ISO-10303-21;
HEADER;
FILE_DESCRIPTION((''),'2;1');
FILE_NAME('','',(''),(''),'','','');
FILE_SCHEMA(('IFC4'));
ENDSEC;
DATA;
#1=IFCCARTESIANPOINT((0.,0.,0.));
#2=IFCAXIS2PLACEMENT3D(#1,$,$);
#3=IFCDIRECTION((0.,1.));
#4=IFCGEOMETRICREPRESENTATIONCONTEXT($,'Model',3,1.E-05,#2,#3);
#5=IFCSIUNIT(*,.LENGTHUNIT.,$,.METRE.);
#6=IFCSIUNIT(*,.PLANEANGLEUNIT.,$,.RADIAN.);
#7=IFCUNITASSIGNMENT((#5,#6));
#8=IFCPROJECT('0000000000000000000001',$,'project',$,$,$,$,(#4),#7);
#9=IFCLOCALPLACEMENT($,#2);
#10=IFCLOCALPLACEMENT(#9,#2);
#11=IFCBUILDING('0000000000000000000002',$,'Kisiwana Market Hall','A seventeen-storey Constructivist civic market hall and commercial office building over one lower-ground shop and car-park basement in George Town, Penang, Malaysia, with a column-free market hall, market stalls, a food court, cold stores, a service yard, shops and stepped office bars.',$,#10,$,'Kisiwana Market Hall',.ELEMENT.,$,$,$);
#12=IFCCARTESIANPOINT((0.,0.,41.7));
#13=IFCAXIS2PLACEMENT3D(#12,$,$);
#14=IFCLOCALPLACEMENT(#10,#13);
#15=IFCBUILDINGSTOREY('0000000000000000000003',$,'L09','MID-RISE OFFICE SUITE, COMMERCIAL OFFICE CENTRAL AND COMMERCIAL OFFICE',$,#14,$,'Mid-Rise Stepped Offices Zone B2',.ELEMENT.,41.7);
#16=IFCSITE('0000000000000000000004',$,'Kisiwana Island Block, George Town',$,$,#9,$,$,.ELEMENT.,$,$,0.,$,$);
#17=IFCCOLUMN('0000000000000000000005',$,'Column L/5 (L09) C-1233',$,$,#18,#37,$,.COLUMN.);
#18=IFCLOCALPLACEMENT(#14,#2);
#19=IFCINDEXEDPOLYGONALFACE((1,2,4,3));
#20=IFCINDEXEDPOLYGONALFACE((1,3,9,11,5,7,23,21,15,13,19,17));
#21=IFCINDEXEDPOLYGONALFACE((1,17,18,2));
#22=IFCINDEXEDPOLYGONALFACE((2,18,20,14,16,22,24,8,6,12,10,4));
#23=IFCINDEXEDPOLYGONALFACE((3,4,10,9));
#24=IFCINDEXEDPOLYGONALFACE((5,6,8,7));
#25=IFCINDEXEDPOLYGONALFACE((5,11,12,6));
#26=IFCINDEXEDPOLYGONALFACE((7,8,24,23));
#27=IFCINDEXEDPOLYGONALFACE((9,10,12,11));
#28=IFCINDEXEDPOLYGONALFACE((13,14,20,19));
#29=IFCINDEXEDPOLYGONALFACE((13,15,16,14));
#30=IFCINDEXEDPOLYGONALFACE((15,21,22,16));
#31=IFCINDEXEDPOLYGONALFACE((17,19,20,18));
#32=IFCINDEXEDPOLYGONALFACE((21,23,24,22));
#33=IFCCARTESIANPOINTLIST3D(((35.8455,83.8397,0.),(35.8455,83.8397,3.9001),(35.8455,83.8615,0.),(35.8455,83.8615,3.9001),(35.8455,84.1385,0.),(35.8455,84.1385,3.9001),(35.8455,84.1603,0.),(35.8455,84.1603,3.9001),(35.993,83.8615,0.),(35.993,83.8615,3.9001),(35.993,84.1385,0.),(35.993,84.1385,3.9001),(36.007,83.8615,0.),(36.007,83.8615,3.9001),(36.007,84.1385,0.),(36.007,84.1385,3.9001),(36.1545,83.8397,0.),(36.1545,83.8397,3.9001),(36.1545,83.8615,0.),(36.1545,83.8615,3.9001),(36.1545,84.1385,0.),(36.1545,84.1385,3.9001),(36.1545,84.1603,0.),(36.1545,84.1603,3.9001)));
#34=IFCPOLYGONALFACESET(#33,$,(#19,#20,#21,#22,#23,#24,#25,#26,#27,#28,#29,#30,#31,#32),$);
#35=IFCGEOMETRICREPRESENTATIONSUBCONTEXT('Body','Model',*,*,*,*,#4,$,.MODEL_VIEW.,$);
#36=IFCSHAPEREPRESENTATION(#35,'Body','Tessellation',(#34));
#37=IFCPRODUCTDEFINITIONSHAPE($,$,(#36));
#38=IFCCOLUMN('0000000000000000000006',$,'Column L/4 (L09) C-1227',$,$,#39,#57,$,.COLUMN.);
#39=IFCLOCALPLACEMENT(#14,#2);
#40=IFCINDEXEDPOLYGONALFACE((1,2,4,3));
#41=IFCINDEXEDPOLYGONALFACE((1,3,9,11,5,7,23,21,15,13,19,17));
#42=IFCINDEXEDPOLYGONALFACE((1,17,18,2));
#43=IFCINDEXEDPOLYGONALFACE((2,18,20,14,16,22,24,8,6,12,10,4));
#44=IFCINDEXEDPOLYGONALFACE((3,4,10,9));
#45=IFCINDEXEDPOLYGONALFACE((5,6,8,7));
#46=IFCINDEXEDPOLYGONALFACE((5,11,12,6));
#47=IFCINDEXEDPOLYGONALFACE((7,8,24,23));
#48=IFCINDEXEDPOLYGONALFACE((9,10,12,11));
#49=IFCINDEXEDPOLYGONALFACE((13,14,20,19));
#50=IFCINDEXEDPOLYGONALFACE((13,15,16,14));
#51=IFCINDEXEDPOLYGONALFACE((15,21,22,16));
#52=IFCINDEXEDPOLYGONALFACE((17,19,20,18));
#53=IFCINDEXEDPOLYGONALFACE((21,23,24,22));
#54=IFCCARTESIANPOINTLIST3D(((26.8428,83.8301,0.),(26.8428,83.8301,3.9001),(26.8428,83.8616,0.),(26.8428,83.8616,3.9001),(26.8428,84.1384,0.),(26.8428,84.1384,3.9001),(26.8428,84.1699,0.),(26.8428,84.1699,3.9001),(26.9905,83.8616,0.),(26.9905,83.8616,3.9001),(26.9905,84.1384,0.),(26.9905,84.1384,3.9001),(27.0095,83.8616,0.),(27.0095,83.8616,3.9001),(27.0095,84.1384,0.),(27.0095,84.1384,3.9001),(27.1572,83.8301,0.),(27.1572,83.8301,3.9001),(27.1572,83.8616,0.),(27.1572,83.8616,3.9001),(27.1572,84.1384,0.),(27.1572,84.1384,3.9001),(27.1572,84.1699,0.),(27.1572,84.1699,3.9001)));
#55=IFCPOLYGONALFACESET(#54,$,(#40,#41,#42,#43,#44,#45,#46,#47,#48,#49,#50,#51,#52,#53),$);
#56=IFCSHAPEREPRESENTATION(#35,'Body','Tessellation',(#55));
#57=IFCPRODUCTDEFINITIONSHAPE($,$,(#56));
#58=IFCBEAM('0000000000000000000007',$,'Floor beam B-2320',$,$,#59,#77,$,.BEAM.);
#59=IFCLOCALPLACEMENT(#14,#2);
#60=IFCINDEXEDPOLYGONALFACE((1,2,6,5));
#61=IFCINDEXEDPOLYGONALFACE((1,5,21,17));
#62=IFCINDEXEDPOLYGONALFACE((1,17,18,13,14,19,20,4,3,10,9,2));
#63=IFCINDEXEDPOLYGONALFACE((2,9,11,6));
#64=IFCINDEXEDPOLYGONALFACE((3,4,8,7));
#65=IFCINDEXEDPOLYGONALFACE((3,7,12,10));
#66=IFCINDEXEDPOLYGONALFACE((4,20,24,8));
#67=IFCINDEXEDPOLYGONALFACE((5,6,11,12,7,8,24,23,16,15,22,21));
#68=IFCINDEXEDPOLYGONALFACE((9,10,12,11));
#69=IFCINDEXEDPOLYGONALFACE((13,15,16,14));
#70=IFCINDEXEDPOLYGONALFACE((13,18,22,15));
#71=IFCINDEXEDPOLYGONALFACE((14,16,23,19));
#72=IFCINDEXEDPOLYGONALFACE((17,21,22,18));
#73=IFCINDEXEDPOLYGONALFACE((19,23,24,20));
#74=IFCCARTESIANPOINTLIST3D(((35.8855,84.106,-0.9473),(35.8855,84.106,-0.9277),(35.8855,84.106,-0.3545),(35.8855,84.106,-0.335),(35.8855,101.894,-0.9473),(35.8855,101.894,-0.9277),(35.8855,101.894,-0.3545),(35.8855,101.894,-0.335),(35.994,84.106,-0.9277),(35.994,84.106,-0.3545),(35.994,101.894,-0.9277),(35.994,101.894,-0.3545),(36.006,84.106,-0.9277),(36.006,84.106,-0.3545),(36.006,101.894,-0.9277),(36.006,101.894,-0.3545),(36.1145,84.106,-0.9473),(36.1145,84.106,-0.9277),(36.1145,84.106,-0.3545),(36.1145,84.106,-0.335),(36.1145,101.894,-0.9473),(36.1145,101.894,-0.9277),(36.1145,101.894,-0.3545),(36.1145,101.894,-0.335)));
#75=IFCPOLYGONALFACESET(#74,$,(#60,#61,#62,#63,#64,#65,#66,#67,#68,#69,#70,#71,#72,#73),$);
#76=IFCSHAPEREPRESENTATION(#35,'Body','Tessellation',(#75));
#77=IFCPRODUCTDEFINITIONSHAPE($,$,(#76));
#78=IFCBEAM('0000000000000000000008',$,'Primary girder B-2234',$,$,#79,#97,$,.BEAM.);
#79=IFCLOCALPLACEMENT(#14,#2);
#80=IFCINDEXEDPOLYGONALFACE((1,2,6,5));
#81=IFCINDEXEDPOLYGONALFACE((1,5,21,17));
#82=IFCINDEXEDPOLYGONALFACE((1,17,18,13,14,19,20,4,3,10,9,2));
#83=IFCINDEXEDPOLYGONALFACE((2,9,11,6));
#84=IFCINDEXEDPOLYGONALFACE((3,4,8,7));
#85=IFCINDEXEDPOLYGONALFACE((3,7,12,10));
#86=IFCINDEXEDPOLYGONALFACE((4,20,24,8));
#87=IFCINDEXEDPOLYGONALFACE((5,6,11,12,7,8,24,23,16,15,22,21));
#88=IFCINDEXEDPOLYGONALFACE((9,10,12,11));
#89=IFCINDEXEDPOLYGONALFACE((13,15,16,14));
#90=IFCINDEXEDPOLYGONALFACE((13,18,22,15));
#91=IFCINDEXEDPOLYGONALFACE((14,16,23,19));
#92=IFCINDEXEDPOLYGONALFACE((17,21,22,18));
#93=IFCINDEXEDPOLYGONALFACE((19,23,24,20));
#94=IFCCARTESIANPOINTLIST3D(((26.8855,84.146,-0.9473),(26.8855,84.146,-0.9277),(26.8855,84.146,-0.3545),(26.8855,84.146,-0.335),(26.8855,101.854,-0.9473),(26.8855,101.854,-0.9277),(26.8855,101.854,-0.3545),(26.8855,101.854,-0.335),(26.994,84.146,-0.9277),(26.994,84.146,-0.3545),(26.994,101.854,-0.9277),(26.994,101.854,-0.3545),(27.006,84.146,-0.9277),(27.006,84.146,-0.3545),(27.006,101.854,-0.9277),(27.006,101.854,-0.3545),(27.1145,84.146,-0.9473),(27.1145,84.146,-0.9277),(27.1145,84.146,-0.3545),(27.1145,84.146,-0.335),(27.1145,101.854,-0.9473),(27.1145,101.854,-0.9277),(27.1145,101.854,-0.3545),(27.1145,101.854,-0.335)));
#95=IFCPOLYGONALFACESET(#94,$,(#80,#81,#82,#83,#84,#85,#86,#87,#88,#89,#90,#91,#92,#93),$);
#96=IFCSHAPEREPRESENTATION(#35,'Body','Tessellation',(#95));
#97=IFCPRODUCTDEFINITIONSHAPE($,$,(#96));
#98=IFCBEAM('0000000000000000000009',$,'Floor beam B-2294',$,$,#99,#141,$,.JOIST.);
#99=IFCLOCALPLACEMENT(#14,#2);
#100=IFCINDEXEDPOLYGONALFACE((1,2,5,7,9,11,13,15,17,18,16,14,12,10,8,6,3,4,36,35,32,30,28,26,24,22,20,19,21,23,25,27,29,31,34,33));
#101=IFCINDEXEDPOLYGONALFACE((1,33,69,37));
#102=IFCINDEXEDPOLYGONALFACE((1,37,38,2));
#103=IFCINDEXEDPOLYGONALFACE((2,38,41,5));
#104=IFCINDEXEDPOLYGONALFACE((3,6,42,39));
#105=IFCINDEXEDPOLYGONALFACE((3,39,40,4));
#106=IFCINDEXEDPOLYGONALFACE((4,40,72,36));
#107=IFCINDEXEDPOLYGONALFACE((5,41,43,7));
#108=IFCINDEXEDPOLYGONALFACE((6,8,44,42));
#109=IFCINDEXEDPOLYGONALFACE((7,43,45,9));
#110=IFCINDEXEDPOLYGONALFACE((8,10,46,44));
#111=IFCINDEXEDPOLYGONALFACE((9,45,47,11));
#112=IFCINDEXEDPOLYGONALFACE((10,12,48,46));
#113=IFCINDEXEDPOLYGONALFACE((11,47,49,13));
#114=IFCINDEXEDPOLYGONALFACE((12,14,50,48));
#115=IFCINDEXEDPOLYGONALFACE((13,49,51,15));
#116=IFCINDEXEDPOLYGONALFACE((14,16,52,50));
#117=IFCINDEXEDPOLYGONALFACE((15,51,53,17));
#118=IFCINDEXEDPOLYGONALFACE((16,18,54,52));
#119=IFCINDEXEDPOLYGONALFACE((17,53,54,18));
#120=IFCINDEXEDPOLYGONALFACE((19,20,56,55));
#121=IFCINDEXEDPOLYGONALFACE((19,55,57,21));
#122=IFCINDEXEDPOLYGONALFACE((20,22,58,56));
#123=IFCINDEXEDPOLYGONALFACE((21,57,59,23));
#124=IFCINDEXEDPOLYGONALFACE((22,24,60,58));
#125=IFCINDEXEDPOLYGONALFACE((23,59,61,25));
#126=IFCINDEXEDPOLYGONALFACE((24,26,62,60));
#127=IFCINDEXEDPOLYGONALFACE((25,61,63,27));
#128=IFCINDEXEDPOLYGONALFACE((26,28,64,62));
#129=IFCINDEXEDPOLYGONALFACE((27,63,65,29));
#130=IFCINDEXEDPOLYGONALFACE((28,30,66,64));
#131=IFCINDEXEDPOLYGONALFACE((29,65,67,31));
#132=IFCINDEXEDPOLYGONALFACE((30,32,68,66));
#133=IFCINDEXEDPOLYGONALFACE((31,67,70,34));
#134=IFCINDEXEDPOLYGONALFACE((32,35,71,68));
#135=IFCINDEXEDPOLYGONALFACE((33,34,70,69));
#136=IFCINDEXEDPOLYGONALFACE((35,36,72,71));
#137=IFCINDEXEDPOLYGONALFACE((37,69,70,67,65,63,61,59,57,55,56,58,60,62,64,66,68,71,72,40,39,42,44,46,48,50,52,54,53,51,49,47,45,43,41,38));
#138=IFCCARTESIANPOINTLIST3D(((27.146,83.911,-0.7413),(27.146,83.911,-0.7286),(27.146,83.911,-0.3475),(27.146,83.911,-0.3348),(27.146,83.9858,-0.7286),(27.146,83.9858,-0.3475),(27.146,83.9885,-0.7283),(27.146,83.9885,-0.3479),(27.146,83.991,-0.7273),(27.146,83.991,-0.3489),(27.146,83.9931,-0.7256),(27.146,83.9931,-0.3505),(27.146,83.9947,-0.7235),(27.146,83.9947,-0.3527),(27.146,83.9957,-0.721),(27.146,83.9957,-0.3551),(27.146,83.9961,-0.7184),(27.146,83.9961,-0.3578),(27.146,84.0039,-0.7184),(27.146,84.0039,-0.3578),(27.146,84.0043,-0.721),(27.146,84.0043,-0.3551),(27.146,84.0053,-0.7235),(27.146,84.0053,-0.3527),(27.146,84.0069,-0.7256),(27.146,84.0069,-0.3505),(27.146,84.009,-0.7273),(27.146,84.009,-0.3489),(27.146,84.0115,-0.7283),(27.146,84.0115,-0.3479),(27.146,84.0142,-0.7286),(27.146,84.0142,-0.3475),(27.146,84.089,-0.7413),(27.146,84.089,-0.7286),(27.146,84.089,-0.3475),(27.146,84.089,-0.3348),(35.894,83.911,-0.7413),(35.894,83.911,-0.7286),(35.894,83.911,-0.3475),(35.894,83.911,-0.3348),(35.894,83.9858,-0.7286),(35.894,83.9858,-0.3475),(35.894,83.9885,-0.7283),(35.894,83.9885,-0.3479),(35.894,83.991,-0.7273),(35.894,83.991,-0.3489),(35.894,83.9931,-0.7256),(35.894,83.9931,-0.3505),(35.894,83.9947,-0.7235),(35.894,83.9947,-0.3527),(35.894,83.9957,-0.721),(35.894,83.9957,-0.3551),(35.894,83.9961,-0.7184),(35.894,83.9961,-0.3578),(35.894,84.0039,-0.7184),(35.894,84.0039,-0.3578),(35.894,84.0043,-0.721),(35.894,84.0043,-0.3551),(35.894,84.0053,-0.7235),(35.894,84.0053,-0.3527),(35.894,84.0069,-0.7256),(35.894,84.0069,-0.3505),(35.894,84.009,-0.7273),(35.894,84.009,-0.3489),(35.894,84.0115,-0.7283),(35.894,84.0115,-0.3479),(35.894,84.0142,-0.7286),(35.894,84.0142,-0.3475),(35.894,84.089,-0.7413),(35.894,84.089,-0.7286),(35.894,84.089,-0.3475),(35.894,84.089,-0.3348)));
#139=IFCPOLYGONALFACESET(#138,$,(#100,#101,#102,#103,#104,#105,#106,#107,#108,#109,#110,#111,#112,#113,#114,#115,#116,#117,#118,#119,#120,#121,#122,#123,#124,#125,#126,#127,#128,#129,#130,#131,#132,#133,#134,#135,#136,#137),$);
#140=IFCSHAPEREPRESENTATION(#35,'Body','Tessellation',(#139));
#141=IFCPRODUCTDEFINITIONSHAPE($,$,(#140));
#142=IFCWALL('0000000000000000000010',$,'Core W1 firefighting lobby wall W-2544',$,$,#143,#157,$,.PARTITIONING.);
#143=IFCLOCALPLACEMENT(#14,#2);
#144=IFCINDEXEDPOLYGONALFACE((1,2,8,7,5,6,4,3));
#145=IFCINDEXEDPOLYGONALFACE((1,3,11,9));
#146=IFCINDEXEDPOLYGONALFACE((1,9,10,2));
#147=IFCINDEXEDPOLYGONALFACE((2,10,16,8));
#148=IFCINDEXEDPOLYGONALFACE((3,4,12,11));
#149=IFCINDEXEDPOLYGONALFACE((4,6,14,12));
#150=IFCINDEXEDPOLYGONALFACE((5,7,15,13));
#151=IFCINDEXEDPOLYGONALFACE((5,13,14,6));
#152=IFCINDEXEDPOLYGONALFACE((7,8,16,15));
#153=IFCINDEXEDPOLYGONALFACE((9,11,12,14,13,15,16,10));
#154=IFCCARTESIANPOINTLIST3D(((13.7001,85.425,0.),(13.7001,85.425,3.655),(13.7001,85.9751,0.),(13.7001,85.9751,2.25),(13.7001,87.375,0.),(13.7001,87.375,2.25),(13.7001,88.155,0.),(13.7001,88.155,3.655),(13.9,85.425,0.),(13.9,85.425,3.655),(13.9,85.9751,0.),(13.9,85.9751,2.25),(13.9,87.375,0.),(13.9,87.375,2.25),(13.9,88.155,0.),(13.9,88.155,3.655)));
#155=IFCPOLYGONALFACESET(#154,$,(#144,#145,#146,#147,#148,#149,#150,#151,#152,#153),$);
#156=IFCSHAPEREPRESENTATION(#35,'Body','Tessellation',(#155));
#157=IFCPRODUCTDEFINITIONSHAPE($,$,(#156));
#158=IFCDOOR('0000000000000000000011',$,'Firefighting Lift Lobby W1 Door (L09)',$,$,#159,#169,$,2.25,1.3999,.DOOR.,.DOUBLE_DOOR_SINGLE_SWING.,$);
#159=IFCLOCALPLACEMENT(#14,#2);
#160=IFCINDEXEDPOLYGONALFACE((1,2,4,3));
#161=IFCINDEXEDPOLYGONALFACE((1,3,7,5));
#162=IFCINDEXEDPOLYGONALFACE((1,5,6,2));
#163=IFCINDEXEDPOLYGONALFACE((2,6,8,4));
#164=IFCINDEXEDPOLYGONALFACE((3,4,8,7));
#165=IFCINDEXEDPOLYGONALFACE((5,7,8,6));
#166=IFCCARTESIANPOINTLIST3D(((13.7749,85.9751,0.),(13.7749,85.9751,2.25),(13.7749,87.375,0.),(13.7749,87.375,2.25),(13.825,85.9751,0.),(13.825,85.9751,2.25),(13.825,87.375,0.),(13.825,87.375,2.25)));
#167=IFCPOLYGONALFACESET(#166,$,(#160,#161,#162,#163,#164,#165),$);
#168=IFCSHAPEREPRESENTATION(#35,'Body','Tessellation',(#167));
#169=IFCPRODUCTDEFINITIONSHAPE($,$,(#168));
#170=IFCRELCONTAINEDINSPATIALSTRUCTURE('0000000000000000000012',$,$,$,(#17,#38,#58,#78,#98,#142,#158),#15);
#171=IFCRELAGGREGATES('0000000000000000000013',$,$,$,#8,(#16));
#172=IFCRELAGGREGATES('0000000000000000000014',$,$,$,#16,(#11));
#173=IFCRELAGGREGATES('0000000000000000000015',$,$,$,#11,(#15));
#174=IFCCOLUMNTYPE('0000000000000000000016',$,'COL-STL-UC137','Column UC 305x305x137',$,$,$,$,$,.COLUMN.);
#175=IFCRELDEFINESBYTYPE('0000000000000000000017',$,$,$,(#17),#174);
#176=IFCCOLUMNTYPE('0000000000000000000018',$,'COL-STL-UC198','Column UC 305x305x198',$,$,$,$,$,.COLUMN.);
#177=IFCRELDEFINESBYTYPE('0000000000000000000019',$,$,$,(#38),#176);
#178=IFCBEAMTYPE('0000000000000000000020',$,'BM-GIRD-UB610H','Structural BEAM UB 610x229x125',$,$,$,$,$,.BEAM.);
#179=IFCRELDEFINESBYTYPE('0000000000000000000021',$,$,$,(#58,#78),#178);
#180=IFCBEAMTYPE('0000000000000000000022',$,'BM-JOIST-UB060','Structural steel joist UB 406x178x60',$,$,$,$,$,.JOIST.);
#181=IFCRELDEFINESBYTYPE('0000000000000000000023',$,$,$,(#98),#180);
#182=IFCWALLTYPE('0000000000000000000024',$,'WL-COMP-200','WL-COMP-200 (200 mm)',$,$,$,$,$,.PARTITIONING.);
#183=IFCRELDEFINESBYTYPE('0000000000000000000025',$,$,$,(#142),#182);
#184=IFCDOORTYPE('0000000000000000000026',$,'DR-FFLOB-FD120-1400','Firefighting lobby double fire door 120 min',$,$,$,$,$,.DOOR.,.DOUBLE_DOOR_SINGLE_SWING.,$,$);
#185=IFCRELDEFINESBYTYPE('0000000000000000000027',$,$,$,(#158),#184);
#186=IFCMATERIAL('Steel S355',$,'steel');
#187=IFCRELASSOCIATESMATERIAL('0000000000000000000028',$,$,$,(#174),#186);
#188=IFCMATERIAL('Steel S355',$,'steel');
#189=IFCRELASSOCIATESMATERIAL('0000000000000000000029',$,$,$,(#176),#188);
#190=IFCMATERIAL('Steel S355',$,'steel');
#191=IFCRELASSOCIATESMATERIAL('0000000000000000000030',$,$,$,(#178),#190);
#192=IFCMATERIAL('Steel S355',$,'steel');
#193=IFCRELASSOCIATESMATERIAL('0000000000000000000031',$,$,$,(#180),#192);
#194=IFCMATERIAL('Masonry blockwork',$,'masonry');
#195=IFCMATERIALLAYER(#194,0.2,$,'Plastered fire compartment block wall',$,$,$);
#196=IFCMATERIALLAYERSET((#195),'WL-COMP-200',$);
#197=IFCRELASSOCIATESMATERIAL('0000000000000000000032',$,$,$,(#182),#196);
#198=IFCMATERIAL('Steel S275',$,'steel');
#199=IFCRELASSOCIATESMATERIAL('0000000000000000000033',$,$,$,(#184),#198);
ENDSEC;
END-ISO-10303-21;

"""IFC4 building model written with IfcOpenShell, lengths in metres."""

from ifc_helpers import new_model, si_unit, direction, frame, frame_2d, origin, origin_2d, place, context, subcontext, project, spatial, rectangle, i_section, extrude, material, layer, layer_set, material_profile, profile_set, type_object, element, fill, save


model = new_model("IFC4")

# Units and contexts
model_context = context("Model", 3, precision=1e-05, world=origin(), true_north=direction((0.0, 1.0)))
body_context = subcontext(model_context, "Body", "Model", "MODEL_VIEW")
ifc_project = project(units=[si_unit("LENGTHUNIT", "METRE"), si_unit("PLANEANGLEUNIT", "RADIAN")], contexts=[model_context])

# Site, building, storey
site_placement = place(None, origin())
site = spatial("IfcSite", under=ifc_project, at=site_placement, Name="Kisiwana Island Block, George Town", CompositionType="ELEMENT", RefElevation=0.0)
building_placement = place(site_placement, origin())
building = spatial("IfcBuilding", under=site, at=building_placement, Name="Kisiwana Market Hall", Description="A seventeen-storey Constructivist civic market hall and commercial office building over one lower-ground shop and car-park basement in George Town, Penang, Malaysia, with a column-free market hall, market stalls, a food court, cold stores, a service yard, shops and stepped office bars.", LongName="Kisiwana Market Hall", CompositionType="ELEMENT")
storey_placement = place(building_placement, frame((0.0, 0.0, 41.7)))
storey = spatial("IfcBuildingStorey", under=building, at=storey_placement, Name="L09", Description="MID-RISE OFFICE SUITE, COMMERCIAL OFFICE CENTRAL AND COMMERCIAL OFFICE", LongName="Mid-Rise Stepped Offices Zone B2", CompositionType="ELEMENT", Elevation=41.7)

# Columns
ifc_material_1 = material(Name="Steel S355", Category="steel")
ifc_material_profile_1 = material_profile(ifc_material_1, i_section(OverallWidth=0.3091, OverallDepth=0.3206, WebThickness=0.0139, FlangeThickness=0.0217, at=origin_2d()), Name="UC 305x305x137")
ifc_profile_set_1 = profile_set([ifc_material_profile_1], Name="Steel S355")
column_type_1 = type_object("IfcColumnType", Name="COL-STL-UC137", Description="Column UC 305x305x137", PredefinedType="COLUMN", material=ifc_profile_set_1)
column_1_placement = place(storey_placement, frame((36.0, 84.0, 0.0), z_axis=(0.0, 0.0, 1.0), x_axis=(1.0, 0.0, 0.0)))
element("IfcColumn", 1, at=column_1_placement, inside=storey, type_object=column_type_1, Name="Column L/5 (L09) C-1233", PredefinedType="COLUMN", context=body_context, shape_type="SweptSolid", body=[
    extrude(i_section(OverallWidth=0.3091, OverallDepth=0.3206, WebThickness=0.0139, FlangeThickness=0.0217, at=origin_2d()), origin(), (0.0, 0.0, 1.0), 3.9001),
])
ifc_material_2 = material(Name="Steel S355", Category="steel")
ifc_material_profile_2 = material_profile(ifc_material_2, i_section(OverallWidth=0.3145, OverallDepth=0.3398, WebThickness=0.019, FlangeThickness=0.0315, at=origin_2d()), Name="UC 305x305x198")
ifc_profile_set_2 = profile_set([ifc_material_profile_2], Name="Steel S355")
column_type_2 = type_object("IfcColumnType", Name="COL-STL-UC198", Description="Column UC 305x305x198", PredefinedType="COLUMN", material=ifc_profile_set_2)
column_2_placement = place(storey_placement, frame((27.0, 84.0, 0.0), z_axis=(0.0, 0.0, 1.0), x_axis=(1.0, 0.0, 0.0)))
element("IfcColumn", 2, at=column_2_placement, inside=storey, type_object=column_type_2, Name="Column L/4 (L09) C-1227", PredefinedType="COLUMN", context=body_context, shape_type="SweptSolid", body=[
    extrude(i_section(OverallWidth=0.3145, OverallDepth=0.3398, WebThickness=0.019, FlangeThickness=0.0315, at=origin_2d()), origin(), (0.0, 0.0, 1.0), 3.9001),
])

# Beams
ifc_material_3 = material(Name="Steel S355", Category="steel")
ifc_material_profile_3 = material_profile(ifc_material_3, i_section(OverallWidth=0.229, OverallDepth=0.6123, WebThickness=0.012, FlangeThickness=0.0195, at=origin_2d()), Name="UB 610x229x125")
ifc_profile_set_3 = profile_set([ifc_material_profile_3], Name="Steel S355")
beam_type_1 = type_object("IfcBeamType", Name="BM-GIRD-UB610H", Description="Structural BEAM UB 610x229x125", PredefinedType="BEAM", material=ifc_profile_set_3)
beam_1_placement = place(storey_placement, frame((36.0, 84.106, -0.6411), z_axis=(0.0, 1.0, 0.0), x_axis=(-1.0, 0.0, 0.0)))
element("IfcBeam", 3, at=beam_1_placement, inside=storey, type_object=beam_type_1, Name="Floor beam B-2320", PredefinedType="BEAM", context=body_context, shape_type="SweptSolid", body=[
    extrude(i_section(OverallWidth=0.229, OverallDepth=0.6123, WebThickness=0.012, FlangeThickness=0.0195, at=origin_2d()), origin(), (0.0, 0.0, 1.0), 17.7881),
])
beam_2_placement = place(storey_placement, frame((27.0, 84.146, -0.6411), z_axis=(0.0, 1.0, 0.0), x_axis=(-1.0, 0.0, 0.0)))
element("IfcBeam", 4, at=beam_2_placement, inside=storey, type_object=beam_type_1, Name="Primary girder B-2234", PredefinedType="BEAM", context=body_context, shape_type="SweptSolid", body=[
    extrude(i_section(OverallWidth=0.229, OverallDepth=0.6123, WebThickness=0.012, FlangeThickness=0.0195, at=origin_2d()), origin(), (0.0, 0.0, 1.0), 17.708),
])
ifc_material_4 = material(Name="Steel S355", Category="steel")
ifc_material_profile_4 = material_profile(ifc_material_4, i_section(OverallWidth=0.178, OverallDepth=0.4065, WebThickness=0.0078, FlangeThickness=0.0127, FilletRadius=0.0103, at=origin_2d()), Name="UB 406x178x60")
ifc_profile_set_4 = profile_set([ifc_material_profile_4], Name="Steel S355")
beam_type_2 = type_object("IfcBeamType", Name="BM-JOIST-UB060", Description="Structural steel joist UB 406x178x60", PredefinedType="JOIST", material=ifc_profile_set_4)
beam_3_placement = place(storey_placement, frame((27.146, 84.0, -0.5381), z_axis=(1.0, 0.0, 0.0), x_axis=(0.0, 1.0, 0.0)))
element("IfcBeam", 5, at=beam_3_placement, inside=storey, type_object=beam_type_2, Name="Floor beam B-2294", PredefinedType="JOIST", context=body_context, shape_type="SweptSolid", body=[
    extrude(i_section(OverallWidth=0.178, OverallDepth=0.4065, WebThickness=0.0078, FlangeThickness=0.0127, FilletRadius=0.0103, at=origin_2d()), origin(), (0.0, 0.0, 1.0), 8.748),
])

# Wall, opening, door
ifc_material_5 = material(Name="Masonry blockwork", Category="masonry")
ifc_layer_1 = layer(ifc_material_5, 0.2, Name="Plastered fire compartment block wall")
ifc_layer_set_1 = layer_set([ifc_layer_1], Name="WL-COMP-200")
wall_type_1 = type_object("IfcWallType", Name="WL-COMP-200", Description="WL-COMP-200 (200 mm)", PredefinedType="PARTITIONING", material=ifc_layer_set_1)
wall_1_placement = place(storey_placement, frame((13.8, 85.425, 0.0), z_axis=(0.0, 0.0, 1.0), x_axis=(0.0, 1.0, 0.0)))
wall_1 = element("IfcWall", 6, at=wall_1_placement, inside=storey, type_object=wall_type_1, Name="Core W1 firefighting lobby wall W-2544", PredefinedType="PARTITIONING", context=body_context, shape_type="SweptSolid", body=[
    extrude(rectangle(XDim=2.73, YDim=0.2, at=frame_2d((1.365, 0.0))), origin(), (0.0, 0.0, 1.0), 3.655),
])
opening_1_placement = place(wall_1_placement, frame((0.55, 0.0, 0.0)))
opening_1 = element("IfcOpeningElement", 7, at=opening_1_placement, cuts=wall_1, PredefinedType="OPENING", context=body_context, shape_type="SweptSolid", body=[
    extrude(rectangle(XDim=1.3999, YDim=2.25, at=frame_2d((0.7, 1.125))), frame((0.0, 0.1118, 0.0), z_axis=(0.0, -1.0, 0.0), x_axis=(1.0, 0.0, 0.0)), (0.0, 0.0, 1.0), 0.2239),
])
ifc_material_6 = material(Name="Steel S275", Category="steel")
door_type_1 = type_object("IfcDoorType", Name="DR-FFLOB-FD120-1400", Description="Firefighting lobby double fire door 120 min", OperationType="DOUBLE_DOOR_SINGLE_SWING", PredefinedType="DOOR", material=ifc_material_6)
door_1_placement = place(opening_1_placement, frame((1.3999, 0.0, 0.0), z_axis=(0.0, 0.0, 1.0), x_axis=(-1.0, 0.0, 0.0)))
door_1 = element("IfcDoor", 8, at=door_1_placement, inside=storey, type_object=door_type_1, Name="Firefighting Lift Lobby W1 Door (L09)", OperationType="DOUBLE_DOOR_SINGLE_SWING", OverallHeight=2.25, OverallWidth=1.3999, PredefinedType="DOOR", context=body_context, shape_type="SweptSolid", body=[
    extrude(rectangle(XDim=1.3999, YDim=2.25, at=frame_2d((0.7, 1.125))), frame((0.0, 0.0249, 0.0), z_axis=(0.0, -1.0, 0.0), x_axis=(1.0, 0.0, 0.0)), (0.0, 0.0, 1.0), 0.05),
])
fill(opening_1, door_1)

save(model, "model.ifc")
